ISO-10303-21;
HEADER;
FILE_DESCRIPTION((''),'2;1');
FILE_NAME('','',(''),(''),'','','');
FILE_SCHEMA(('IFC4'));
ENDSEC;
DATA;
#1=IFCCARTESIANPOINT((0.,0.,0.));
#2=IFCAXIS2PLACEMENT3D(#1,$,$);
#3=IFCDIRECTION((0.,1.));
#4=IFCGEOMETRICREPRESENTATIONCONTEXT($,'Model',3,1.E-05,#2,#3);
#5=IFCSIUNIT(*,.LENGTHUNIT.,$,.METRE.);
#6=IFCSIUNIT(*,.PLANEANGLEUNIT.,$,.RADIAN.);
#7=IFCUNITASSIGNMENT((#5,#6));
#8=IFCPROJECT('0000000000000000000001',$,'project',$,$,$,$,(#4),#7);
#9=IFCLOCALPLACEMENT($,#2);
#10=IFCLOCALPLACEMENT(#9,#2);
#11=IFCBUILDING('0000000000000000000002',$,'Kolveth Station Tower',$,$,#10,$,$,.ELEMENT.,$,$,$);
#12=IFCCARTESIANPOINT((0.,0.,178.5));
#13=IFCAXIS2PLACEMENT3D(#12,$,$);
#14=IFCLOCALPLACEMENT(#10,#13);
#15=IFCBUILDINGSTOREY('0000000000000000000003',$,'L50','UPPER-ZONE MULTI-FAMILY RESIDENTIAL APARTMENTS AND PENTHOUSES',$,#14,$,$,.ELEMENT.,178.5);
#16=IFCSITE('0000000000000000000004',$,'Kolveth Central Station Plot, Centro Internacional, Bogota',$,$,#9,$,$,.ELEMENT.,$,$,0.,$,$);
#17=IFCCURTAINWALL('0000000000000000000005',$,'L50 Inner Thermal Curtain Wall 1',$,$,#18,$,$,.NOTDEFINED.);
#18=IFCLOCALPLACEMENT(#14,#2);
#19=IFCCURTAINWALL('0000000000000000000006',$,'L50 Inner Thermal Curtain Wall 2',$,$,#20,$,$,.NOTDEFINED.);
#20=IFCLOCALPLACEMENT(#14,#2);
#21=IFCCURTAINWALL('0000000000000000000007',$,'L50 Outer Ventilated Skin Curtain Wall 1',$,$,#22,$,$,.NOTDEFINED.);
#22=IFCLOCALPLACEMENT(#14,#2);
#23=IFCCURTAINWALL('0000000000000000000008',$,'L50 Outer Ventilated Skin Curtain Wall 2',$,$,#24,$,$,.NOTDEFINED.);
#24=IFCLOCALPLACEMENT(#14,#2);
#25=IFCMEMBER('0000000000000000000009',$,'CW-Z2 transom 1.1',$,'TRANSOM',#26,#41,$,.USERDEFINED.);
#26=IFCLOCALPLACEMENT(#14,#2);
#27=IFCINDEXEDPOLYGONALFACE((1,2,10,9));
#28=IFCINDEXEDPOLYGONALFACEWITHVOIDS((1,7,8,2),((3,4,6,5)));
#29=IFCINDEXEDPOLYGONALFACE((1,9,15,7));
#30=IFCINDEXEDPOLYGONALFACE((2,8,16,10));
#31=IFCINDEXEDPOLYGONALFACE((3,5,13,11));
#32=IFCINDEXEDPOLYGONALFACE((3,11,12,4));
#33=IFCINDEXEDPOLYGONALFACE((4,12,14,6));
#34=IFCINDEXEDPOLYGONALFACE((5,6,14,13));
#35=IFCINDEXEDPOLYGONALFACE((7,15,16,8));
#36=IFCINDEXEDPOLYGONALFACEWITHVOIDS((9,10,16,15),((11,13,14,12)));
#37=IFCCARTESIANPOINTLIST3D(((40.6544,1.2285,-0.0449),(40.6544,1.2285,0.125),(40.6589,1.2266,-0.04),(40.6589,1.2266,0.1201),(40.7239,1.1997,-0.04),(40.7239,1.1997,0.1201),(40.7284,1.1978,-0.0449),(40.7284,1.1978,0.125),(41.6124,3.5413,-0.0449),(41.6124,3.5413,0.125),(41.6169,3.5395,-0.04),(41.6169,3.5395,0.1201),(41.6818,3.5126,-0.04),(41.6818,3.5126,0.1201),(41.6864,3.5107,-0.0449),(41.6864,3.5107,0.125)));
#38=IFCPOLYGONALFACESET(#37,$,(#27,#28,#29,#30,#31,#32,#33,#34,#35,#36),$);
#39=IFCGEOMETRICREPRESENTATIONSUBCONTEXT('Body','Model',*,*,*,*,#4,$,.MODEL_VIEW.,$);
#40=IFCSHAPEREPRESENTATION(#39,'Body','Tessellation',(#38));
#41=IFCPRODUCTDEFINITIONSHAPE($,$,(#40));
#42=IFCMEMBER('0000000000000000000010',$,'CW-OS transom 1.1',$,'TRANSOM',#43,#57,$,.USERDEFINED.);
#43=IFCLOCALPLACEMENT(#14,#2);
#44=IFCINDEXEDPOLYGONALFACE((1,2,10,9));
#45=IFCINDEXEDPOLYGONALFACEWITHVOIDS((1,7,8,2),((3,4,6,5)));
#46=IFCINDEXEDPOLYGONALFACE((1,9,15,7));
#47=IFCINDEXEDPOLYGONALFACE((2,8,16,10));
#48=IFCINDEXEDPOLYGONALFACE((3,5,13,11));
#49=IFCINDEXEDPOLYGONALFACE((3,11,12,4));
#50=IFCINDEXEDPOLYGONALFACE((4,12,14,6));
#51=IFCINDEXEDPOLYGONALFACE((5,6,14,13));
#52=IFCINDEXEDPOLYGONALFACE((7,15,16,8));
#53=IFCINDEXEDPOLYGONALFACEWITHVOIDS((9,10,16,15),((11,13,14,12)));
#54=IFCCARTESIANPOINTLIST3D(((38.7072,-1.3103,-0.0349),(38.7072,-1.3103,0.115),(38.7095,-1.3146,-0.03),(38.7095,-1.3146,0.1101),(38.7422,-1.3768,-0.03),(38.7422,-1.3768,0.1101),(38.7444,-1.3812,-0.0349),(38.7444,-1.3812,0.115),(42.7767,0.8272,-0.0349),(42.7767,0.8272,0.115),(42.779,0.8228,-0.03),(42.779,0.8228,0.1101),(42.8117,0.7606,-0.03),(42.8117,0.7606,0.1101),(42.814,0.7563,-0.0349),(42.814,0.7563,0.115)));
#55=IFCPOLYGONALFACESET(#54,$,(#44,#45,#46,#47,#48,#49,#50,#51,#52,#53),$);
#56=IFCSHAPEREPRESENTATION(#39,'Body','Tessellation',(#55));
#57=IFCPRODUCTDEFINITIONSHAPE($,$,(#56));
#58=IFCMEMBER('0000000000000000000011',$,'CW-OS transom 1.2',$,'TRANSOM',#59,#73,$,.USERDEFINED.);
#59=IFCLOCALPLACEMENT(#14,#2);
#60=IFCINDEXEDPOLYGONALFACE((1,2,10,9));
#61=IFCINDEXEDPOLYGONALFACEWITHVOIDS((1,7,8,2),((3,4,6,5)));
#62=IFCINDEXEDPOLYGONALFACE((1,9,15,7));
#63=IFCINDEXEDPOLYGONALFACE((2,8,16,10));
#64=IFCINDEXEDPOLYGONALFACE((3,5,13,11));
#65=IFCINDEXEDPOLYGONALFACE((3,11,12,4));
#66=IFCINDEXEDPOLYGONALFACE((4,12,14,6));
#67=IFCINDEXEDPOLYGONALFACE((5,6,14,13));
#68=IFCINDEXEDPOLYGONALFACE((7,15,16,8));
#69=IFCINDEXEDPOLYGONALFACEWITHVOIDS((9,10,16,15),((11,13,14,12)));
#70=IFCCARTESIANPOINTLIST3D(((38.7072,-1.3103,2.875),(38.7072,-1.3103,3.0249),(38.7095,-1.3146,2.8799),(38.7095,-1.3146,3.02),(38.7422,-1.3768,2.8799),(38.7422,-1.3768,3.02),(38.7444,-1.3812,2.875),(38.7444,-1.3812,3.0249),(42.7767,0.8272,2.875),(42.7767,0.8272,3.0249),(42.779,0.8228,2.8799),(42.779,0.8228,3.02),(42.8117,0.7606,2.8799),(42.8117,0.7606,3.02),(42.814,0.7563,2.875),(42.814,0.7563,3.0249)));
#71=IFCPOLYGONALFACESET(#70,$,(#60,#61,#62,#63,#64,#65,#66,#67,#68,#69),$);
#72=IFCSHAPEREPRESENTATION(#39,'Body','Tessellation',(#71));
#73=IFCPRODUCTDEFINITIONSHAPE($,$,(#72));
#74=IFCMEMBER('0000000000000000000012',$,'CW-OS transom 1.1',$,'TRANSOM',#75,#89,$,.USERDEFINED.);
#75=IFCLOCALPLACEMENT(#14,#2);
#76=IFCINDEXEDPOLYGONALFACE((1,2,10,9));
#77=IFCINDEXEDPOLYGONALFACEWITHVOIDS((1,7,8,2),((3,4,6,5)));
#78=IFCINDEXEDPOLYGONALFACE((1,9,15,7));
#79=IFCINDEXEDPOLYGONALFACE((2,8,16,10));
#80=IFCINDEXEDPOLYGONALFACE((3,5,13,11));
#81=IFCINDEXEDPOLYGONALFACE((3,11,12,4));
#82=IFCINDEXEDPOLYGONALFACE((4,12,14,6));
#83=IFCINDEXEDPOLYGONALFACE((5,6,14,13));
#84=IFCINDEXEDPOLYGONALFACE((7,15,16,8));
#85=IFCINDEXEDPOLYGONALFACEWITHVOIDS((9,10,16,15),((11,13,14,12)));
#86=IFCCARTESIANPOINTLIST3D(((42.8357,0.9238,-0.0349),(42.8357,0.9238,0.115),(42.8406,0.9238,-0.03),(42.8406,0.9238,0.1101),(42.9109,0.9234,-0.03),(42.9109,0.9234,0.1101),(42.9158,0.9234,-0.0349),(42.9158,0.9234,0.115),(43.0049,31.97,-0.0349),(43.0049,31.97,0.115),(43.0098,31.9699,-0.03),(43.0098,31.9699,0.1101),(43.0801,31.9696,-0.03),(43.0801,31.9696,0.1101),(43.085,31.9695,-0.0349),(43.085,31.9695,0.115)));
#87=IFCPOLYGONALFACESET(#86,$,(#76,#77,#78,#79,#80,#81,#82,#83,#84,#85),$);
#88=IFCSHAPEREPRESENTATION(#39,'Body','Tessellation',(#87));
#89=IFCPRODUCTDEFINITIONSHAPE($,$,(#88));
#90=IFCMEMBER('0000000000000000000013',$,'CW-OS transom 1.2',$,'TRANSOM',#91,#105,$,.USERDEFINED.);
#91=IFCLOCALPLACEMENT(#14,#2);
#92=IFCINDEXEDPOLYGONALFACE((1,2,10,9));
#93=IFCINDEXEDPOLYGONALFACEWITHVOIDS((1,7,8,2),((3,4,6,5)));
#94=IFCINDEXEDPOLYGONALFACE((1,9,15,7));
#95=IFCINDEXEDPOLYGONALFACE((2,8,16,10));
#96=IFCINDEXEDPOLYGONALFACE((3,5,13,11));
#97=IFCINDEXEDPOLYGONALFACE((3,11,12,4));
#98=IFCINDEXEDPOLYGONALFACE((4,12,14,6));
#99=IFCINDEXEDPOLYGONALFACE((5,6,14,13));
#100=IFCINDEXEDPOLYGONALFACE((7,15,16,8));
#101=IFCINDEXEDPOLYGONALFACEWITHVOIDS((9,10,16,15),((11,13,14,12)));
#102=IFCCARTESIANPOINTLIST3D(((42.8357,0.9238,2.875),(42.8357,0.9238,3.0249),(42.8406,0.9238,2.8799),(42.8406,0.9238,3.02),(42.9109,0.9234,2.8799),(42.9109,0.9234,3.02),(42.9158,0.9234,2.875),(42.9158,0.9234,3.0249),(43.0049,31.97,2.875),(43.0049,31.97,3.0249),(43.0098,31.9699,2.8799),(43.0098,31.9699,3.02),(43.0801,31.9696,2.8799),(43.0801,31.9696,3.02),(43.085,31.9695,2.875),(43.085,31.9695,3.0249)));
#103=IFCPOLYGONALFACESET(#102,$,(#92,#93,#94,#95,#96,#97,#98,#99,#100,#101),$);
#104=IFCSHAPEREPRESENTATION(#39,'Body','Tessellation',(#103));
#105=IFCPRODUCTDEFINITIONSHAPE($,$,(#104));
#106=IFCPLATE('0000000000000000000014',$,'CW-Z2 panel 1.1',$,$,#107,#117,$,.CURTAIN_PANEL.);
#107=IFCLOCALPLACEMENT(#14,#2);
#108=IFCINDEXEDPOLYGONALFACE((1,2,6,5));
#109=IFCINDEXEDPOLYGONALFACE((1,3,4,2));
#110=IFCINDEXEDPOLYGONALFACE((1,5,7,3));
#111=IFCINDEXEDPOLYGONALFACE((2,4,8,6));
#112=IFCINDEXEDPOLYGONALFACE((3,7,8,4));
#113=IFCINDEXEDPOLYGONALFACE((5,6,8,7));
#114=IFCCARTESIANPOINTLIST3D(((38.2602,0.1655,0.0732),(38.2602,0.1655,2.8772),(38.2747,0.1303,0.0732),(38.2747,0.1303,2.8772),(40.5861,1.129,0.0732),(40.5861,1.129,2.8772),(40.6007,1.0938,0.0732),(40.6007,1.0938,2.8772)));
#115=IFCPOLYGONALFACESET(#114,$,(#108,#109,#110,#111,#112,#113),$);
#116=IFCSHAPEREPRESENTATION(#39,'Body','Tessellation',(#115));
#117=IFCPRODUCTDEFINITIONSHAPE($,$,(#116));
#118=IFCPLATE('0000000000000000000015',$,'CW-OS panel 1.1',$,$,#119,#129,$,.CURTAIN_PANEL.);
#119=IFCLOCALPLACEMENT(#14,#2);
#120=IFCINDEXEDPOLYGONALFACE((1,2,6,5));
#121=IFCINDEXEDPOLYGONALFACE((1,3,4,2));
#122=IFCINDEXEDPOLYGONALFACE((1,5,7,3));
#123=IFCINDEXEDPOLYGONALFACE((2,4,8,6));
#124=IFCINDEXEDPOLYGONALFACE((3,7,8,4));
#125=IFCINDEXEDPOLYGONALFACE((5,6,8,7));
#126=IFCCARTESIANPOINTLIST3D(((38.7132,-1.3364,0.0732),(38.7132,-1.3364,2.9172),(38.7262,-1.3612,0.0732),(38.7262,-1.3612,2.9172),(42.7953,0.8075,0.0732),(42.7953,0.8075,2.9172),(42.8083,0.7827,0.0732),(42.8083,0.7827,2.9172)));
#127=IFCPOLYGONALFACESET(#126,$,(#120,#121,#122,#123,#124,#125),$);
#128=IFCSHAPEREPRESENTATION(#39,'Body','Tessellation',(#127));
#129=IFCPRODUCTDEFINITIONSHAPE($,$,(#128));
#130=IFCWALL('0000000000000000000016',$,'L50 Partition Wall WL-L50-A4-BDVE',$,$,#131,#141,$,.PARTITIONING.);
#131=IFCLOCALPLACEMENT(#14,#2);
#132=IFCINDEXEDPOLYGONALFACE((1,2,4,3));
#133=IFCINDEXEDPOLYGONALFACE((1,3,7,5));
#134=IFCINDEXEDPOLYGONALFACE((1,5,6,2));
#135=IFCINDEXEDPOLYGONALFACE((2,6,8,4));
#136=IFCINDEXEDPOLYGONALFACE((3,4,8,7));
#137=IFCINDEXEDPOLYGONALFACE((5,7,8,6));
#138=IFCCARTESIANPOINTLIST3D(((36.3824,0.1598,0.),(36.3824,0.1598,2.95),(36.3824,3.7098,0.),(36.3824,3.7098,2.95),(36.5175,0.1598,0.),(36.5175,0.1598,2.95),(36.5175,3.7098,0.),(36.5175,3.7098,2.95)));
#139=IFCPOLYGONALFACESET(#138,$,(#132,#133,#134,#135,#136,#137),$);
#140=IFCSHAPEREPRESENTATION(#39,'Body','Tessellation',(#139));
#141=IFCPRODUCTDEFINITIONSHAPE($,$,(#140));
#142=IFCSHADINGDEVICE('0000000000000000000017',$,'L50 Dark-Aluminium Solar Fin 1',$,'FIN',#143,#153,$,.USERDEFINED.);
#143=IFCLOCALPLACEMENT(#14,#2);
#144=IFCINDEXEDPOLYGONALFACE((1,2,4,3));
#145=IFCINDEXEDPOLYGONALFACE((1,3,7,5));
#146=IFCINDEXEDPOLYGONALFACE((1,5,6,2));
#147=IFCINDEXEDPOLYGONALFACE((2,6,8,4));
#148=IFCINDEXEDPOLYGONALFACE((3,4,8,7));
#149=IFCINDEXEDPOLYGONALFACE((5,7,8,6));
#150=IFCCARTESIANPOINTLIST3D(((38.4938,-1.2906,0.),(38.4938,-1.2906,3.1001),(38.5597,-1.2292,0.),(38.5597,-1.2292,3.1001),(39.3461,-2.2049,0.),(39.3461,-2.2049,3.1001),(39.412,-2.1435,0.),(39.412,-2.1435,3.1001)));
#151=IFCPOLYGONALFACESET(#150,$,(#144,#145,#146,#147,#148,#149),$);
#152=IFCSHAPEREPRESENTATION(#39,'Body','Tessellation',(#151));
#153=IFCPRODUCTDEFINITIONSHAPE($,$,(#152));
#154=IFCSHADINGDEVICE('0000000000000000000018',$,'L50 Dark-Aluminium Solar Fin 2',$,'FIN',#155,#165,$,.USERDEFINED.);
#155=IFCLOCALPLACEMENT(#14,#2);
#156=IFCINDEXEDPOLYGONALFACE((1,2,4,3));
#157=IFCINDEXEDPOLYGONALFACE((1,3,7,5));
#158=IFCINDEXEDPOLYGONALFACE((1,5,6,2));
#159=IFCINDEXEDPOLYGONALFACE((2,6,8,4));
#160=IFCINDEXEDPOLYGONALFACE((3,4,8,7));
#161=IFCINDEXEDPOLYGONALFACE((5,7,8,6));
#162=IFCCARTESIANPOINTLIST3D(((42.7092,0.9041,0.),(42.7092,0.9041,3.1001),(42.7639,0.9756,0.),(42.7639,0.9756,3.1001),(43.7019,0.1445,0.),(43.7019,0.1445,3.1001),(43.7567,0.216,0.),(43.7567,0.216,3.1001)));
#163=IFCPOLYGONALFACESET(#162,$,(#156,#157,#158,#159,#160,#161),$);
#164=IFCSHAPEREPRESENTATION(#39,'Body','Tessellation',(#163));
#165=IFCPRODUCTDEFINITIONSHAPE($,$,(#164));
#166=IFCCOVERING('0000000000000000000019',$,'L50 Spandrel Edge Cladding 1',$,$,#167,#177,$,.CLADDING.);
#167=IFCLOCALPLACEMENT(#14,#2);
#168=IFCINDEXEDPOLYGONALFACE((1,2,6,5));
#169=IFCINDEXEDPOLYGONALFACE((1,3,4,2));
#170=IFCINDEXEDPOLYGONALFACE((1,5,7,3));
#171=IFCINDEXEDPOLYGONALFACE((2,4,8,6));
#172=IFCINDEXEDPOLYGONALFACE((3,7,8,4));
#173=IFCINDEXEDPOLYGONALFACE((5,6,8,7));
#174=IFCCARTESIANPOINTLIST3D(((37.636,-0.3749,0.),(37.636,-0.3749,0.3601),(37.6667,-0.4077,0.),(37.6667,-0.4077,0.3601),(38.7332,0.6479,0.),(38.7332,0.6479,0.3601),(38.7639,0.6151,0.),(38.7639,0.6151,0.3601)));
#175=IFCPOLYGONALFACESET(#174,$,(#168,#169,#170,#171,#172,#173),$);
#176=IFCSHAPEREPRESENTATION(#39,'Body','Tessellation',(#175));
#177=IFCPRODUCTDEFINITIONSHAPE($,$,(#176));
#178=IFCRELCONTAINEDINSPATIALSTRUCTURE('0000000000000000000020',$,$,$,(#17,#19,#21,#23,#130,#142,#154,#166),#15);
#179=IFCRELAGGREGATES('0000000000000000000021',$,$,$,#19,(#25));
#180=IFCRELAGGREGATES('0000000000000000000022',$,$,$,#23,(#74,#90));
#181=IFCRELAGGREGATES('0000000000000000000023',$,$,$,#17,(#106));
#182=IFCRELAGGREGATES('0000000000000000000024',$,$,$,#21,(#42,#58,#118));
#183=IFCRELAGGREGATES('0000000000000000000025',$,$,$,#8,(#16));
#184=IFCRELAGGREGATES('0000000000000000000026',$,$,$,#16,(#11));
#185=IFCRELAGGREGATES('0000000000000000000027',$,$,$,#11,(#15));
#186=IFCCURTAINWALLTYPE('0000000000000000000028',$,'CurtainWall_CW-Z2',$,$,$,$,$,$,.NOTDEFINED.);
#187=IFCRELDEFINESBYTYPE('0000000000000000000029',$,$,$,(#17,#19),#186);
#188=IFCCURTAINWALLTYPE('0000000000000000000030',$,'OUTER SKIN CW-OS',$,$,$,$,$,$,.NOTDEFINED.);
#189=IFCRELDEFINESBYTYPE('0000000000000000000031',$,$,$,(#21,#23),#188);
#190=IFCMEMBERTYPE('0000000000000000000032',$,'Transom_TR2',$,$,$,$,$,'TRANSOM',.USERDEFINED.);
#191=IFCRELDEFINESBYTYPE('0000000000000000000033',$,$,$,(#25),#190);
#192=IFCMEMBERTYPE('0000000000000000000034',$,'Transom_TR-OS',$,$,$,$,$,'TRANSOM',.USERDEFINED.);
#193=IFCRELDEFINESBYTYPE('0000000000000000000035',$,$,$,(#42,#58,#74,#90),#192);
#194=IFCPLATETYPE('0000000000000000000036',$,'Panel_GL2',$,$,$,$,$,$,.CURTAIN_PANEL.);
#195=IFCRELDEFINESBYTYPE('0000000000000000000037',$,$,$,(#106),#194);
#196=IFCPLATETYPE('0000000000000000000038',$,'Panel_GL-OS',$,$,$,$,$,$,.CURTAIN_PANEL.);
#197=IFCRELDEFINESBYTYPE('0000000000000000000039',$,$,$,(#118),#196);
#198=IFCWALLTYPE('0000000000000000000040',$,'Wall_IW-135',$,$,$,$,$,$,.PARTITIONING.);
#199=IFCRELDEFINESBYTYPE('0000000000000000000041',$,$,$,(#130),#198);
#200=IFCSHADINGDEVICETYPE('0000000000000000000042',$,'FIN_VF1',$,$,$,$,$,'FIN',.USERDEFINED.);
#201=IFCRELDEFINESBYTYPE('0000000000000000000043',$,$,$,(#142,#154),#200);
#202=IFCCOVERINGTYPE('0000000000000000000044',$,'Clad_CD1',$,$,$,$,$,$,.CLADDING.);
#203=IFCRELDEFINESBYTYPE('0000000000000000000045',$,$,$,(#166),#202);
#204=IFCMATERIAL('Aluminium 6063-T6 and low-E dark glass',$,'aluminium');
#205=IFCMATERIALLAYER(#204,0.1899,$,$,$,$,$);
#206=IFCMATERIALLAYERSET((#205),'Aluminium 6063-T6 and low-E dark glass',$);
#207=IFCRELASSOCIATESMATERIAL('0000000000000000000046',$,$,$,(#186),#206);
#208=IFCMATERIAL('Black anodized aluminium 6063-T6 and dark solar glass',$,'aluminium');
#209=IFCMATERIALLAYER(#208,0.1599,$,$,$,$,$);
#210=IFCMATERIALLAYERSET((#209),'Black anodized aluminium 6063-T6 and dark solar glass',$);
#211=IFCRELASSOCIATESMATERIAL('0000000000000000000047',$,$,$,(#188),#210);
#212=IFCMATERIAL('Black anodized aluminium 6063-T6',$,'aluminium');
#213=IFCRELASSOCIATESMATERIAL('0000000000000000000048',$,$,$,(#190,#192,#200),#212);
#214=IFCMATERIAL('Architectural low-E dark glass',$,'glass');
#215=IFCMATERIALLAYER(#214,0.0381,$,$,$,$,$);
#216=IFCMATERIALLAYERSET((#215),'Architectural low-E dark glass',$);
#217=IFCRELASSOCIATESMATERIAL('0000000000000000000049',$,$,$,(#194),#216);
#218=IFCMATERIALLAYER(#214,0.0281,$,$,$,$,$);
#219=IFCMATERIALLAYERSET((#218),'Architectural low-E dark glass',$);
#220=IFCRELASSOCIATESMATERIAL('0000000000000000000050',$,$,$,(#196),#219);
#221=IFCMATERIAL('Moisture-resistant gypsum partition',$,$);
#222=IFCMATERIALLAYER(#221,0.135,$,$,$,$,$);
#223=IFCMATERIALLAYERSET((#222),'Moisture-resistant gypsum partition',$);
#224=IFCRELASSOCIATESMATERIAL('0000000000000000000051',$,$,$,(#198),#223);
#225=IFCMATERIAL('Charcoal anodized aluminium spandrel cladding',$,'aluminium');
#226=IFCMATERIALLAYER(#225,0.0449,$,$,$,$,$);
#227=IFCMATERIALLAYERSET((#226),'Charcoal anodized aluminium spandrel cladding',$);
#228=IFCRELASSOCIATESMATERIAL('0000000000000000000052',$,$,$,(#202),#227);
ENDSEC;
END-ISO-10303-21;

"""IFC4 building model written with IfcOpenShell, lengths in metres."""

from ifc_helpers import new_model, si_unit, direction, frame, frame_2d, origin, origin_2d, place, context, subcontext, project, spatial, rectangle, hollow_rectangle, extrude, source, transform, mapped, material, layer, layer_set, material_profile, profile_set, type_object, element, aggregate, save


model = new_model("IFC4")

# Units and contexts
model_context = context("Model", 3, precision=1e-05, world=origin(), true_north=direction((0.0, 1.0)))
body_context = subcontext(model_context, "Body", "Model", "MODEL_VIEW")
ifc_project = project(units=[si_unit("LENGTHUNIT", "METRE"), si_unit("PLANEANGLEUNIT", "RADIAN")], contexts=[model_context])

# Site, building, storey
site_placement = place(None, origin())
site = spatial("IfcSite", under=ifc_project, at=site_placement, Name="Kolveth Central Station Plot, Centro Internacional, Bogota", CompositionType="ELEMENT", RefElevation=0.0)
building_placement = place(site_placement, origin())
building = spatial("IfcBuilding", under=site, at=building_placement, Name="Kolveth Station Tower", CompositionType="ELEMENT")
storey_placement = place(building_placement, frame((0.0, 0.0, 178.5)))
storey = spatial("IfcBuildingStorey", under=building, at=storey_placement, Name="L50", Description="UPPER-ZONE MULTI-FAMILY RESIDENTIAL APARTMENTS AND PENTHOUSES", CompositionType="ELEMENT", Elevation=178.5)

# Curtain wall
ifc_material_1 = material(Name="Aluminium 6063-T6 and low-E dark glass", Category="aluminium")
ifc_layer_1 = layer(ifc_material_1, 0.1899)
ifc_layer_set_1 = layer_set([ifc_layer_1], Name="Aluminium 6063-T6 and low-E dark glass")
curtain_wall_type_1 = type_object("IfcCurtainWallType", Name="CurtainWall_CW-Z2", PredefinedType="NOTDEFINED", material=ifc_layer_set_1)
curtain_wall_1_placement = place(storey_placement, origin())
curtain_wall_1 = element("IfcCurtainWall", 1, at=curtain_wall_1_placement, inside=storey, type_object=curtain_wall_type_1, Name="L50 Inner Thermal Curtain Wall 1", PredefinedType="NOTDEFINED")
ifc_material_2 = material(Name="Black anodized aluminium 6063-T6", Category="aluminium")

# Curtain wall
curtain_wall_2_placement = place(storey_placement, origin())
curtain_wall_2 = element("IfcCurtainWall", 2, at=curtain_wall_2_placement, inside=storey, type_object=curtain_wall_type_1, Name="L50 Inner Thermal Curtain Wall 2", PredefinedType="NOTDEFINED")

# Curtain wall
ifc_material_3 = material(Name="Black anodized aluminium 6063-T6 and dark solar glass", Category="aluminium")
ifc_layer_2 = layer(ifc_material_3, 0.1599)
ifc_layer_set_2 = layer_set([ifc_layer_2], Name="Black anodized aluminium 6063-T6 and dark solar glass")
curtain_wall_type_2 = type_object("IfcCurtainWallType", Name="OUTER SKIN CW-OS", PredefinedType="NOTDEFINED", material=ifc_layer_set_2)
curtain_wall_3_placement = place(storey_placement, origin())
curtain_wall_3 = element("IfcCurtainWall", 3, at=curtain_wall_3_placement, inside=storey, type_object=curtain_wall_type_2, Name="L50 Outer Ventilated Skin Curtain Wall 1", PredefinedType="NOTDEFINED")

# Curtain wall
curtain_wall_4_placement = place(storey_placement, origin())
curtain_wall_4 = element("IfcCurtainWall", 4, at=curtain_wall_4_placement, inside=storey, type_object=curtain_wall_type_2, Name="L50 Outer Ventilated Skin Curtain Wall 2", PredefinedType="NOTDEFINED")

# Members
ifc_material_profile_1 = material_profile(ifc_material_2, hollow_rectangle(XDim=0.0801, YDim=0.1699, WallThickness=0.0049, at=origin_2d()), Name="ALU-80x170x5")
ifc_profile_set_1 = profile_set([ifc_material_profile_1], Name="Black anodized aluminium 6063-T6")
member_type_1 = type_object("IfcMemberType", Name="Transom_TR2", ElementType="TRANSOM", PredefinedType="USERDEFINED", material=ifc_profile_set_1)
shared_shape_1 = source(origin(), body_context, "Body", "SweptSolid", [
    extrude(hollow_rectangle(XDim=0.0801, YDim=0.1699, WallThickness=0.0049, at=origin_2d()), origin(), (0.0, 0.0, 1.0), 2.5034),
])
member_1_placement = place(storey_placement, frame((40.6914, 1.2131, 0.04), z_axis=(0.382662, 0.923888, 0.0), x_axis=(-0.923888, 0.382662, 0.0)))
member_1 = element("IfcMember", 5, at=member_1_placement, type_object=member_type_1, Name="CW-Z2 transom 1.1", ObjectType="TRANSOM", PredefinedType="USERDEFINED", context=body_context, shape_type="MappedRepresentation", body=[
    mapped(shared_shape_1, transform((0.0, 0.0, 0.0), x_axis=(1.0, 0.0, 0.0), y_axis=(0.0, 1.0, 0.0), z_axis=(0.0, 0.0, 1.0), scale=1.0)),
])
aggregate(curtain_wall_2, [member_1])
ifc_material_profile_2 = material_profile(ifc_material_2, hollow_rectangle(XDim=0.0801, YDim=0.1499, WallThickness=0.0049, at=origin_2d()), Name="ALU-80x150x5")
ifc_profile_set_2 = profile_set([ifc_material_profile_2], Name="Black anodized aluminium 6063-T6")
member_type_2 = type_object("IfcMemberType", Name="Transom_TR-OS", ElementType="TRANSOM", PredefinedType="USERDEFINED", material=ifc_profile_set_2)
shared_shape_2 = source(origin(), body_context, "Body", "SweptSolid", [
    extrude(hollow_rectangle(XDim=0.0801, YDim=0.1499, WallThickness=0.0049, at=origin_2d()), origin(), (0.0, 0.0, 1.0), 4.5967),
])
member_2_placement = place(storey_placement, frame((38.7258, -1.3457, 0.04), z_axis=(0.885315, 0.464991, 0.0), x_axis=(-0.464991, 0.885315, 0.0)))
member_2 = element("IfcMember", 6, at=member_2_placement, type_object=member_type_2, Name="CW-OS transom 1.1", ObjectType="TRANSOM", PredefinedType="USERDEFINED", context=body_context, shape_type="MappedRepresentation", body=[
    mapped(shared_shape_2, transform((0.0, 0.0, 0.0), x_axis=(1.0, 0.0, 0.0), y_axis=(0.0, 1.0, 0.0), z_axis=(0.0, 0.0, 1.0), scale=1.0)),
])
member_3_placement = place(storey_placement, frame((38.7258, -1.3457, 2.95), z_axis=(0.885315, 0.464991, 0.0), x_axis=(-0.464991, 0.885315, 0.0)))
member_3 = element("IfcMember", 7, at=member_3_placement, type_object=member_type_2, Name="CW-OS transom 1.2", ObjectType="TRANSOM", PredefinedType="USERDEFINED", context=body_context, shape_type="MappedRepresentation", body=[
    mapped(shared_shape_2, transform((0.0, 0.0, 0.0), x_axis=(1.0, 0.0, 0.0), y_axis=(0.0, 1.0, 0.0), z_axis=(0.0, 0.0, 1.0), scale=1.0)),
])
shared_shape_3 = source(origin(), body_context, "Body", "SweptSolid", [
    extrude(hollow_rectangle(XDim=0.0801, YDim=0.1499, WallThickness=0.0049, at=origin_2d()), origin(), (0.0, 0.0, 1.0), 31.0466),
])
member_4_placement = place(storey_placement, frame((42.8757, 0.9236, 0.04), z_axis=(0.00545, 0.999985, 0.0), x_axis=(-0.999985, 0.00545, 0.0)))
member_4 = element("IfcMember", 8, at=member_4_placement, type_object=member_type_2, Name="CW-OS transom 1.1", ObjectType="TRANSOM", PredefinedType="USERDEFINED", context=body_context, shape_type="MappedRepresentation", body=[
    mapped(shared_shape_3, transform((0.0, 0.0, 0.0), x_axis=(1.0, 0.0, 0.0), y_axis=(0.0, 1.0, 0.0), z_axis=(0.0, 0.0, 1.0), scale=1.0)),
])
member_5_placement = place(storey_placement, frame((42.8757, 0.9236, 2.95), z_axis=(0.00545, 0.999985, 0.0), x_axis=(-0.999985, 0.00545, 0.0)))
member_5 = element("IfcMember", 9, at=member_5_placement, type_object=member_type_2, Name="CW-OS transom 1.2", ObjectType="TRANSOM", PredefinedType="USERDEFINED", context=body_context, shape_type="MappedRepresentation", body=[
    mapped(shared_shape_3, transform((0.0, 0.0, 0.0), x_axis=(1.0, 0.0, 0.0), y_axis=(0.0, 1.0, 0.0), z_axis=(0.0, 0.0, 1.0), scale=1.0)),
])
aggregate(curtain_wall_4, [member_4, member_5])

# Plates
ifc_material_4 = material(Name="Architectural low-E dark glass", Category="glass")
ifc_layer_3 = layer(ifc_material_4, 0.0381)
ifc_layer_set_3 = layer_set([ifc_layer_3], Name="Architectural low-E dark glass")
plate_type_1 = type_object("IfcPlateType", Name="Panel_GL2", PredefinedType="CURTAIN_PANEL", material=ifc_layer_set_3)
shared_shape_4 = source(origin(), body_context, "Body", "SweptSolid", [
    extrude(rectangle(XDim=2.5176, YDim=0.0381, at=origin_2d()), origin(), (0.0, 0.0, 1.0), 2.804),
])
plate_1_placement = place(storey_placement, frame((39.4304, 0.6296, 0.0732), z_axis=(0.0, 0.0, 1.0), x_axis=(0.923874, 0.382698, 0.0)))
plate_1 = element("IfcPlate", 10, at=plate_1_placement, type_object=plate_type_1, Name="CW-Z2 panel 1.1", PredefinedType="CURTAIN_PANEL", context=body_context, shape_type="MappedRepresentation", body=[
    mapped(shared_shape_4, transform((0.0, 0.0, 0.0), x_axis=(1.0, 0.0, 0.0), y_axis=(0.0, 1.0, 0.0), z_axis=(0.0, 0.0, 1.0), scale=1.0)),
])
aggregate(curtain_wall_1, [plate_1])
ifc_layer_4 = layer(ifc_material_4, 0.0281)
ifc_layer_set_4 = layer_set([ifc_layer_4], Name="Architectural low-E dark glass")
plate_type_2 = type_object("IfcPlateType", Name="Panel_GL-OS", PredefinedType="CURTAIN_PANEL", material=ifc_layer_set_4)
shared_shape_5 = source(origin(), body_context, "Body", "SweptSolid", [
    extrude(rectangle(XDim=4.6108, YDim=0.0281, at=origin_2d()), origin(), (0.0, 0.0, 1.0), 2.844),
])
plate_2_placement = place(storey_placement, frame((40.7607, -0.2769, 0.0732), z_axis=(0.0, 0.0, 1.0), x_axis=(0.885327, 0.464969, 0.0)))
plate_2 = element("IfcPlate", 11, at=plate_2_placement, type_object=plate_type_2, Name="CW-OS panel 1.1", PredefinedType="CURTAIN_PANEL", context=body_context, shape_type="MappedRepresentation", body=[
    mapped(shared_shape_5, transform((0.0, 0.0, 0.0), x_axis=(1.0, 0.0, 0.0), y_axis=(0.0, 1.0, 0.0), z_axis=(0.0, 0.0, 1.0), scale=1.0)),
])
aggregate(curtain_wall_3, [member_2, member_3, plate_2])

# Wall
ifc_material_5 = material(Name="Moisture-resistant gypsum partition")
ifc_layer_5 = layer(ifc_material_5, 0.135)
ifc_layer_set_5 = layer_set([ifc_layer_5], Name="Moisture-resistant gypsum partition")
wall_type = type_object("IfcWallType", Name="Wall_IW-135", PredefinedType="PARTITIONING", material=ifc_layer_set_5)
wall_placement = place(storey_placement, frame((36.45, 0.1599, 0.0), z_axis=(0.0, 0.0, 1.0), x_axis=(0.0, 1.0, 0.0)))
element("IfcWall", 12, at=wall_placement, inside=storey, type_object=wall_type, Name="L50 Partition Wall WL-L50-A4-BDVE", PredefinedType="PARTITIONING", context=body_context, shape_type="SweptSolid", body=[
    extrude(rectangle(XDim=3.55, YDim=0.135, at=frame_2d((1.7749, 0.0))), origin(), (0.0, 0.0, 1.0), 2.95),
])

# Shading devices
shading_device_type = type_object("IfcShadingDeviceType", Name="FIN_VF1", ElementType="FIN", PredefinedType="USERDEFINED", material=ifc_material_2)
shared_shape_6 = source(origin(), body_context, "Body", "SweptSolid", [
    extrude(rectangle(XDim=1.25, YDim=0.0901, at=origin_2d()), origin(), (0.0, 0.0, 1.0), 3.1001),
])
for number, where, z_axis, x_axis, name in (
    (13, (38.9529, -1.717, 0.0), (0.0, 0.0, 1.0), (0.681871, -0.731473, 0.0), "L50 Dark-Aluminium Solar Fin 1"),
    (14, (43.2329, 0.5601, 0.0), (0.0, 0.0, 1.0), (0.794203, -0.607653, 0.0), "L50 Dark-Aluminium Solar Fin 2"),
):
    element("IfcShadingDevice", number, at=place(storey_placement, frame(where, z_axis=z_axis, x_axis=x_axis)), inside=storey, type_object=shading_device_type, Name=name, ObjectType="FIN", PredefinedType="USERDEFINED", context=body_context, shape_type="MappedRepresentation", body=[
        mapped(shared_shape_6, transform((0.0, 0.0, 0.0), x_axis=(1.0, 0.0, 0.0), y_axis=(0.0, 1.0, 0.0), z_axis=(0.0, 0.0, 1.0), scale=1.0)),
    ])

# Covering
ifc_material_6 = material(Name="Charcoal anodized aluminium spandrel cladding", Category="aluminium")
ifc_layer_6 = layer(ifc_material_6, 0.0449)
ifc_layer_set_6 = layer_set([ifc_layer_6], Name="Charcoal anodized aluminium spandrel cladding")
covering_type = type_object("IfcCoveringType", Name="Clad_CD1", PredefinedType="CLADDING", material=ifc_layer_set_6)
shared_shape_7 = source(origin(), body_context, "Body", "SweptSolid", [
    extrude(rectangle(XDim=1.5, YDim=0.0449, at=origin_2d()), origin(), (0.0, 0.0, 1.0), 0.3601),
])
covering_placement = place(storey_placement, frame((38.2, 0.1201, 0.0), z_axis=(0.0, 0.0, 1.0), x_axis=(0.731473, 0.681871, 0.0)))
element("IfcCovering", 15, at=covering_placement, inside=storey, type_object=covering_type, Name="L50 Spandrel Edge Cladding 1", PredefinedType="CLADDING", context=body_context, shape_type="MappedRepresentation", body=[
    mapped(shared_shape_7, transform((0.0, 0.0, 0.0), x_axis=(1.0, 0.0, 0.0), y_axis=(0.0, 1.0, 0.0), z_axis=(0.0, 0.0, 1.0), scale=1.0)),
])

save(model, "model.ifc")
